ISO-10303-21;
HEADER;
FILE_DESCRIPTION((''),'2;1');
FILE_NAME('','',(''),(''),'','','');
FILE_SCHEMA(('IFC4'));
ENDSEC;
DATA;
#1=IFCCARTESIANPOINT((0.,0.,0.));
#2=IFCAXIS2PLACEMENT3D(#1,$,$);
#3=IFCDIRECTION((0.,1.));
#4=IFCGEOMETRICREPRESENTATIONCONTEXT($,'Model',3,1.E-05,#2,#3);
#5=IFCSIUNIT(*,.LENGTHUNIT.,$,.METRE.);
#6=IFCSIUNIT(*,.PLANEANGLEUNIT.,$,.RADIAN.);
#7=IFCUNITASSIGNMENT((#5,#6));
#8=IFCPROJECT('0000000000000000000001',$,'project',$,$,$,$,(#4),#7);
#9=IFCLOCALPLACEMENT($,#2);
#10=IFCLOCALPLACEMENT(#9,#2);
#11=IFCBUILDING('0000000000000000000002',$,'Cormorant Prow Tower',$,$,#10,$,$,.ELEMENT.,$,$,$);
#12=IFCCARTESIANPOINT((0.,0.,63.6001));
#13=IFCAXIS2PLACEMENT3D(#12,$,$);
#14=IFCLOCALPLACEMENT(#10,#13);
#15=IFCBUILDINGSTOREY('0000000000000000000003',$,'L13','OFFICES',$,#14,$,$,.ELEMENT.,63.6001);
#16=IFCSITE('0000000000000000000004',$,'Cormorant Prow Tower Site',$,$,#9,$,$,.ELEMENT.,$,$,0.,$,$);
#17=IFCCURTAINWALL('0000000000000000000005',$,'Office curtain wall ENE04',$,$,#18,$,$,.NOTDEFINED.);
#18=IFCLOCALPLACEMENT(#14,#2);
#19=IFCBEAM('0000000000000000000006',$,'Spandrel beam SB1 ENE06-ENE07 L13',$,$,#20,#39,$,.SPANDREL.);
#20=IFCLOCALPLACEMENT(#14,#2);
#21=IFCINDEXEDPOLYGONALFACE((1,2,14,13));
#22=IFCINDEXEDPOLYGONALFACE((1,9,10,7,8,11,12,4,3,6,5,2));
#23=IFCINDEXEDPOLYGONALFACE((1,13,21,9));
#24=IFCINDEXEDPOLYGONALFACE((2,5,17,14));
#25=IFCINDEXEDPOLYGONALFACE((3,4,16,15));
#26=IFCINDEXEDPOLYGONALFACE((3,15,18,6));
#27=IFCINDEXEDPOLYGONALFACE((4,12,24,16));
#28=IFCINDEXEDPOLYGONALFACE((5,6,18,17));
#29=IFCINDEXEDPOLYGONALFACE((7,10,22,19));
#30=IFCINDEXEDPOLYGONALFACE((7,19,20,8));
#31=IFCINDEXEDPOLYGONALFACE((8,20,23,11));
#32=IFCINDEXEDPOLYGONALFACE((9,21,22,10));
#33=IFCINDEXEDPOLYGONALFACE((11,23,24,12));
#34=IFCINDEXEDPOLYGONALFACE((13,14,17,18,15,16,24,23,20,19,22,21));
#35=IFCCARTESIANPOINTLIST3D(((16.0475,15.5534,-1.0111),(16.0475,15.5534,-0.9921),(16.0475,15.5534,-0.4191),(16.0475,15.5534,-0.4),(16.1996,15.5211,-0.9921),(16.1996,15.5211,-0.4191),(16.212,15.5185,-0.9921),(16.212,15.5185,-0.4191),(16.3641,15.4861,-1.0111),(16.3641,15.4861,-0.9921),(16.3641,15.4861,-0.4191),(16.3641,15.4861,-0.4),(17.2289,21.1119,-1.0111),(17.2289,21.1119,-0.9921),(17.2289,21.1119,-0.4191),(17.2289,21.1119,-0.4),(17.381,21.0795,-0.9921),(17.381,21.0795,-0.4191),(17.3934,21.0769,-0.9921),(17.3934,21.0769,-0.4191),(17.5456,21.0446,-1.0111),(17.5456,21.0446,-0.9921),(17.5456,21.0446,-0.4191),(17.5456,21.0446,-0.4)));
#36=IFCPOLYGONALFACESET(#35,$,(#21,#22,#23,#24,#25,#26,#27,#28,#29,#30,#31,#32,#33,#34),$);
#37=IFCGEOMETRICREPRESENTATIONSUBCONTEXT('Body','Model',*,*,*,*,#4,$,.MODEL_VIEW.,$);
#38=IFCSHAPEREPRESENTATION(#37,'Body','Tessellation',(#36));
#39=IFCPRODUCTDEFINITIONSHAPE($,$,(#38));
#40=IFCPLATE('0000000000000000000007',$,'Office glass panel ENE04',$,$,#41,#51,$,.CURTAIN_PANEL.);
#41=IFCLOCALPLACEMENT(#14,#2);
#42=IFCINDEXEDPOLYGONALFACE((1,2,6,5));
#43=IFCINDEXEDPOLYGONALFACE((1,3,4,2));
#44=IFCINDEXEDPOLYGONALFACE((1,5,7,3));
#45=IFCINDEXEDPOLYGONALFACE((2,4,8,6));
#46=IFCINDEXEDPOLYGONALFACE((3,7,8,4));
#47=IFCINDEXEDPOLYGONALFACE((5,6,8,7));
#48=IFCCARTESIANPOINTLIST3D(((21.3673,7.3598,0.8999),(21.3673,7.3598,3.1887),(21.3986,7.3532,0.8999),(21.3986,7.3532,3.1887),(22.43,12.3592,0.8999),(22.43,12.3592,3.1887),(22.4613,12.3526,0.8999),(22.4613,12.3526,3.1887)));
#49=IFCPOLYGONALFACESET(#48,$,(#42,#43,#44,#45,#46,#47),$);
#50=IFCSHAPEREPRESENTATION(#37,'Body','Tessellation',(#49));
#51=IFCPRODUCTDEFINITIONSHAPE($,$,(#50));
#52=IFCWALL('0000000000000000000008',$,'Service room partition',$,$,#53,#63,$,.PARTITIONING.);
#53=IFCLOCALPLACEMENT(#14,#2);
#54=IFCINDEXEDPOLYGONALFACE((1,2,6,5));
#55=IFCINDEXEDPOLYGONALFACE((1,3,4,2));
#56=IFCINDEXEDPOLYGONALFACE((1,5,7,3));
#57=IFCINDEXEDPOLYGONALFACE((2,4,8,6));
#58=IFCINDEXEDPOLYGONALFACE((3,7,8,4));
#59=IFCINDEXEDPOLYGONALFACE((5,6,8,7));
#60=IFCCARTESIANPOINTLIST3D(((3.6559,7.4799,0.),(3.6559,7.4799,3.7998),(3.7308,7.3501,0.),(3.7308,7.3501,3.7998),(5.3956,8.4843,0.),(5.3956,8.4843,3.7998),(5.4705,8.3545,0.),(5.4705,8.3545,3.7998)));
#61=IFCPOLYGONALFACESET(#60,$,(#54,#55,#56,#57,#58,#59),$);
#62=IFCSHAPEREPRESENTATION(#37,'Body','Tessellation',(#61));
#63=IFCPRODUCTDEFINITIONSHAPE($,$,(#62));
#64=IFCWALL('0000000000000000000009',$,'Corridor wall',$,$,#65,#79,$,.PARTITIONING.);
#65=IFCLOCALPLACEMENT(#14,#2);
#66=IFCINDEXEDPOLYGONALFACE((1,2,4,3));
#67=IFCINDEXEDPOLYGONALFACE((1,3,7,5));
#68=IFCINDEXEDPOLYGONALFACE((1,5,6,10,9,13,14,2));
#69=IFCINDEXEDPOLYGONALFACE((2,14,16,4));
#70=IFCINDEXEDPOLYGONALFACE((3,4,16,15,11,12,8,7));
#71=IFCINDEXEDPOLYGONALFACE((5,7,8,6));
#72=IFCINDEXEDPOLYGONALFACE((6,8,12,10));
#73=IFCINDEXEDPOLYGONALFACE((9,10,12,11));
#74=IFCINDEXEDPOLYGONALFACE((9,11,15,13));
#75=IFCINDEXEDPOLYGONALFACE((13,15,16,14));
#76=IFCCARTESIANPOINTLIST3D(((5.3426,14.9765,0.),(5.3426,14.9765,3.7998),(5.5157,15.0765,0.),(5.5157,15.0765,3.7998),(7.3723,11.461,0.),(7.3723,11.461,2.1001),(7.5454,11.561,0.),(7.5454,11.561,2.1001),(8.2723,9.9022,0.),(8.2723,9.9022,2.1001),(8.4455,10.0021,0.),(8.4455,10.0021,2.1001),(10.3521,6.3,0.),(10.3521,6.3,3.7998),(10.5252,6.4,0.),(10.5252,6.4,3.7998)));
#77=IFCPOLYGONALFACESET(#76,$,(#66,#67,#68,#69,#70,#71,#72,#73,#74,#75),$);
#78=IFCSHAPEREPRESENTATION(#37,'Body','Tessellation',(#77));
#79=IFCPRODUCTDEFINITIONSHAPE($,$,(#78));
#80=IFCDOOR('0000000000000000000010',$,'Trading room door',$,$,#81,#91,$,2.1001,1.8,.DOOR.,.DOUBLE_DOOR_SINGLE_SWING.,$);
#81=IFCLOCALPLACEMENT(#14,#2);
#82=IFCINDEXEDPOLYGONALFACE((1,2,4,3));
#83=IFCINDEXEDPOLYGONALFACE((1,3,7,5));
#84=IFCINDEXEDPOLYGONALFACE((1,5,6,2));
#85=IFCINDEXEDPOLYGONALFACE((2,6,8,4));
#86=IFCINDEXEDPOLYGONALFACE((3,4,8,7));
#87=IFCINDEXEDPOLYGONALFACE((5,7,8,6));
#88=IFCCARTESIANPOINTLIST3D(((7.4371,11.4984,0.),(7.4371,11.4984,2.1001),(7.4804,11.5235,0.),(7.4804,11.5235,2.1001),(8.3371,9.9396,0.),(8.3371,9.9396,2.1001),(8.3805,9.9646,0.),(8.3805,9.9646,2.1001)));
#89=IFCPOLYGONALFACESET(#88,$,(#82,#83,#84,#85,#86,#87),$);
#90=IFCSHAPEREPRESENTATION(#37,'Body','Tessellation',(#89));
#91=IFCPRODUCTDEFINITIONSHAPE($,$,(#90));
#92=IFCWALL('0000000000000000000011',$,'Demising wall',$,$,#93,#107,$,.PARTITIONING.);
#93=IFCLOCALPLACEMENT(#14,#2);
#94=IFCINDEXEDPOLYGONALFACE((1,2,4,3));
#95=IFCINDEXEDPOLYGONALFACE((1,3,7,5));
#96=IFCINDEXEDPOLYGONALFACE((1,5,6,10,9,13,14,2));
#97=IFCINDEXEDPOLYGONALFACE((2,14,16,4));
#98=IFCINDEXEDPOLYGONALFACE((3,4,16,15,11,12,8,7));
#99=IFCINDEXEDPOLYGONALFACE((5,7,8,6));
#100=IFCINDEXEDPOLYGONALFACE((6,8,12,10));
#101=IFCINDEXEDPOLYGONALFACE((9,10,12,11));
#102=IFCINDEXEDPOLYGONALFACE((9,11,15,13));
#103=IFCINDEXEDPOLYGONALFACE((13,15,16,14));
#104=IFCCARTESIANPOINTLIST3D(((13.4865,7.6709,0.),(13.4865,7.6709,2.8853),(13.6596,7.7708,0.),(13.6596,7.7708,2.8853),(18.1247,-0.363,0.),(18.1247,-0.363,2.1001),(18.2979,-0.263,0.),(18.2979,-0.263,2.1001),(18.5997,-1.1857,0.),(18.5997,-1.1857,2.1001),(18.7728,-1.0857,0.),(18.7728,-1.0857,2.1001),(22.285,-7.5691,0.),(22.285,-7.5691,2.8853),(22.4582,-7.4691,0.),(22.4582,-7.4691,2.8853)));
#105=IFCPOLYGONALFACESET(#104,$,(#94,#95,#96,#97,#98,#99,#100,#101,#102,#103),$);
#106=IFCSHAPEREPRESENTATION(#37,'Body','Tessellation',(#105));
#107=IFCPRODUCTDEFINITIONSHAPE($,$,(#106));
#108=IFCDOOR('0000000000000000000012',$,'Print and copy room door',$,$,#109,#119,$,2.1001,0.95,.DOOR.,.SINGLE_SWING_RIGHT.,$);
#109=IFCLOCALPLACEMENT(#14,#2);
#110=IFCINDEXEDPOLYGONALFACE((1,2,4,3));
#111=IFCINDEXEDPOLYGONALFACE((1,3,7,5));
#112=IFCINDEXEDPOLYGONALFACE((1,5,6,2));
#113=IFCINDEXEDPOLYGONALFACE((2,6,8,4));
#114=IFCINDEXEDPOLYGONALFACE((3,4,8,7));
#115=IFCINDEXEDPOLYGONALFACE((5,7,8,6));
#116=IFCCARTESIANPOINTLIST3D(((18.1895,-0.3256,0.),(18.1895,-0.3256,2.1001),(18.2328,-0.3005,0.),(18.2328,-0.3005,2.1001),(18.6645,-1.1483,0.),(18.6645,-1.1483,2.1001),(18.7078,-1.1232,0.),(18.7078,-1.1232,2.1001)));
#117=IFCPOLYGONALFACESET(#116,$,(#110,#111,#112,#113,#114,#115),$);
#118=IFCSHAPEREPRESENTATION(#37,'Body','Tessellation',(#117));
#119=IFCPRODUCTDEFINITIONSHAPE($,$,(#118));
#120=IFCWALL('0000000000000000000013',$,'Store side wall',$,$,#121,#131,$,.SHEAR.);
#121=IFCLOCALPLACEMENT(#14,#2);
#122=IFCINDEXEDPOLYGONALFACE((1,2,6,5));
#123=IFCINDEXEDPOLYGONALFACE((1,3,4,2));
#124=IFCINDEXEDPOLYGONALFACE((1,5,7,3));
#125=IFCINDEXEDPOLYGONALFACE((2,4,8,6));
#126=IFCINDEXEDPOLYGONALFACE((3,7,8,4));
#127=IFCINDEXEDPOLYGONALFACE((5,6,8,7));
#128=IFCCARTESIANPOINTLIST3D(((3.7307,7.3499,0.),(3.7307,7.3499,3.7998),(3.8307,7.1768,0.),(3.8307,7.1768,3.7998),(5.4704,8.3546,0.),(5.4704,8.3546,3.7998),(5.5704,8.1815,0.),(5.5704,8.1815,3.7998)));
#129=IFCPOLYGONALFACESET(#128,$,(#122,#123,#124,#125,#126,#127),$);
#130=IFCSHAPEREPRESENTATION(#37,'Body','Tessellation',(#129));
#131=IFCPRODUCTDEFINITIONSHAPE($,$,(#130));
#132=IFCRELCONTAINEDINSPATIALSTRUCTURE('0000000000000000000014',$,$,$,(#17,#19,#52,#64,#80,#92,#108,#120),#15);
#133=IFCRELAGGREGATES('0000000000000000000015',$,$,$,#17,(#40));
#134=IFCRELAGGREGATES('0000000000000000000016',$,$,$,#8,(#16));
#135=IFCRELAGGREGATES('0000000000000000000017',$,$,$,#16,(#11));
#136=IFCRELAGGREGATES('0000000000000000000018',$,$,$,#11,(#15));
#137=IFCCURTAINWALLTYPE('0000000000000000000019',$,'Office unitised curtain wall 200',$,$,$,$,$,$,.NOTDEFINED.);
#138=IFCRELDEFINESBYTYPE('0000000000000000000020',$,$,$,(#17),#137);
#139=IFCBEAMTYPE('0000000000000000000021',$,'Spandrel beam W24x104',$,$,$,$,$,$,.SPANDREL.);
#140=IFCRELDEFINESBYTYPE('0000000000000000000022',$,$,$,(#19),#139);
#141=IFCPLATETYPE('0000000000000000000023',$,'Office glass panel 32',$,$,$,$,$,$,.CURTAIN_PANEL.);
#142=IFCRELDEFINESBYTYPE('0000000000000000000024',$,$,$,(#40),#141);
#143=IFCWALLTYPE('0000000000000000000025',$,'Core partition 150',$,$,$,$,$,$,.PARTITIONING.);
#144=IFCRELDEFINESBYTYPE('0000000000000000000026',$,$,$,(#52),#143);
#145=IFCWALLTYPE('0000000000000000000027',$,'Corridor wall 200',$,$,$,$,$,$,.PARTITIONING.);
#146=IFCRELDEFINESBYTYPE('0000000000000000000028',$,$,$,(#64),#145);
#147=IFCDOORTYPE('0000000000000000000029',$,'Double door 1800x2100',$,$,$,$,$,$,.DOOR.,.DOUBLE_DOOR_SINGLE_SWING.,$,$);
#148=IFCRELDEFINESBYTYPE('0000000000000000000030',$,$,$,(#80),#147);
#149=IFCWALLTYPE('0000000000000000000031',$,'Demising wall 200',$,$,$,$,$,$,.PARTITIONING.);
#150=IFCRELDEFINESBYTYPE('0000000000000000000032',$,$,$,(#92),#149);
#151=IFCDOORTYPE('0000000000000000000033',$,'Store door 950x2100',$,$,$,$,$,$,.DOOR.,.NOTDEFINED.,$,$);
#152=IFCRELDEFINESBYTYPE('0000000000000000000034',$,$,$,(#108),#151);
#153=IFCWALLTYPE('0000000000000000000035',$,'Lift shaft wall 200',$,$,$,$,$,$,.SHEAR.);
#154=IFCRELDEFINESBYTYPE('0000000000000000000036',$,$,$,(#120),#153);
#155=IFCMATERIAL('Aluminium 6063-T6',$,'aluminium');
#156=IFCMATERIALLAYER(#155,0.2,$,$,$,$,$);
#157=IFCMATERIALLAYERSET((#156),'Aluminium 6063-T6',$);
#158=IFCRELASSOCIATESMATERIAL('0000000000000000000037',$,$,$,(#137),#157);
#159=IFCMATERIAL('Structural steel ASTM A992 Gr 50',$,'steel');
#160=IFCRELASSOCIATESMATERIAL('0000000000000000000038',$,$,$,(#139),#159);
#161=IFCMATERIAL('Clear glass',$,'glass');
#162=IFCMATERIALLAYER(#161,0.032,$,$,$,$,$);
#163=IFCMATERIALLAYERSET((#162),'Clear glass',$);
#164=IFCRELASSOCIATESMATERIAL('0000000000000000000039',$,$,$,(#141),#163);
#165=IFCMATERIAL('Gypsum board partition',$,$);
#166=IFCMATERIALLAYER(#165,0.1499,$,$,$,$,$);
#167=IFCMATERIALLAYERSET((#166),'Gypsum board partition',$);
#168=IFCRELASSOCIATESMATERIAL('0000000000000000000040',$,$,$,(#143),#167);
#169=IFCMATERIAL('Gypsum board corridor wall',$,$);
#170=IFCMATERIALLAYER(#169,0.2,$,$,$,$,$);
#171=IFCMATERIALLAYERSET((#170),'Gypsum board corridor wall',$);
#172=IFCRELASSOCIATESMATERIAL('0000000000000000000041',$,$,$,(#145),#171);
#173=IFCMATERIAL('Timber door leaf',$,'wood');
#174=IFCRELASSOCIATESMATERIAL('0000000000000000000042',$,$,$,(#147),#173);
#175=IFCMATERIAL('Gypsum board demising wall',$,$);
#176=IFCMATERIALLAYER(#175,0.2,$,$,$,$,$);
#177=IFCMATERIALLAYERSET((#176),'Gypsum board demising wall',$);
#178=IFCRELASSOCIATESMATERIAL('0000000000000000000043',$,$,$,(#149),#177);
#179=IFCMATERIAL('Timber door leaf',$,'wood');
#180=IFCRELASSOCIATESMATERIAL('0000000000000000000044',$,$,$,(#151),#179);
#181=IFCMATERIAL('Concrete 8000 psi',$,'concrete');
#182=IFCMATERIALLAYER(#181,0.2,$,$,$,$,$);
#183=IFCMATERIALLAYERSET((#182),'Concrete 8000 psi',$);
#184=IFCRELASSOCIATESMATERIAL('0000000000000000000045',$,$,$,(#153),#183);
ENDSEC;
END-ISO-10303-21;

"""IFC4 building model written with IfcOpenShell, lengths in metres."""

from ifc_helpers import new_model, si_unit, direction, frame, frame_2d, origin, origin_2d, place, context, subcontext, project, spatial, rectangle, i_section, extrude, material, layer, layer_set, material_profile, profile_set, type_object, element, fill, aggregate, save


model = new_model("IFC4")

# Units and contexts
model_context = context("Model", 3, precision=1e-05, world=origin(), true_north=direction((0.0, 1.0)))
body_context = subcontext(model_context, "Body", "Model", "MODEL_VIEW")
ifc_project = project(units=[si_unit("LENGTHUNIT", "METRE"), si_unit("PLANEANGLEUNIT", "RADIAN")], contexts=[model_context])

# Site, building, storey
site_placement = place(None, origin())
site = spatial("IfcSite", under=ifc_project, at=site_placement, Name="Cormorant Prow Tower Site", CompositionType="ELEMENT", RefElevation=0.0)
building_placement = place(site_placement, origin())
building = spatial("IfcBuilding", under=site, at=building_placement, Name="Cormorant Prow Tower", CompositionType="ELEMENT")
storey_placement = place(building_placement, frame((0.0, 0.0, 63.6001)))
storey = spatial("IfcBuildingStorey", under=building, at=storey_placement, Name="L13", Description="OFFICES", CompositionType="ELEMENT", Elevation=63.6001)

# Curtain wall
ifc_material_1 = material(Name="Aluminium 6063-T6", Category="aluminium")
ifc_layer_1 = layer(ifc_material_1, 0.2)
ifc_layer_set_1 = layer_set([ifc_layer_1], Name="Aluminium 6063-T6")
curtain_wall_type = type_object("IfcCurtainWallType", Name="Office unitised curtain wall 200", PredefinedType="NOTDEFINED", material=ifc_layer_set_1)
curtain_wall_1_placement = place(storey_placement, origin())
curtain_wall_1 = element("IfcCurtainWall", 1, at=curtain_wall_1_placement, inside=storey, type_object=curtain_wall_type, Name="Office curtain wall ENE04", PredefinedType="NOTDEFINED")

# Beam
ifc_material_2 = material(Name="Structural steel ASTM A992 Gr 50", Category="steel")
ifc_material_profile_1 = material_profile(ifc_material_2, i_section(OverallWidth=0.3237, OverallDepth=0.6111, WebThickness=0.0127, FlangeThickness=0.019, at=origin_2d()), Name="W24x104")
ifc_profile_set_1 = profile_set([ifc_material_profile_1], Name="Structural steel ASTM A992 Gr 50")
beam_type_1 = type_object("IfcBeamType", Name="Spandrel beam W24x104", PredefinedType="SPANDREL", material=ifc_profile_set_1)
beam_1_placement = place(storey_placement, frame((16.2058, 15.5198, -0.7056), z_axis=(0.2079, 0.97815, 0.0), x_axis=(-0.97815, 0.2079, 0.0)))
element("IfcBeam", 2, at=beam_1_placement, inside=storey, type_object=beam_type_1, Name="Spandrel beam SB1 ENE06-ENE07 L13", PredefinedType="SPANDREL", context=body_context, shape_type="SweptSolid", body=[
    extrude(i_section(OverallWidth=0.3237, OverallDepth=0.6111, WebThickness=0.0127, FlangeThickness=0.019, at=origin_2d()), origin(), (0.0, 0.0, 1.0), 5.6826),
])

# Plate
ifc_material_3 = material(Name="Clear glass", Category="glass")
ifc_layer_2 = layer(ifc_material_3, 0.032)
ifc_layer_set_2 = layer_set([ifc_layer_2], Name="Clear glass")
plate_type = type_object("IfcPlateType", Name="Office glass panel 32", PredefinedType="CURTAIN_PANEL", material=ifc_layer_set_2)
plate_placement = place(storey_placement, frame((21.9143, 9.8562, 0.8999), z_axis=(0.0, 0.0, 1.0), x_axis=(0.207912, 0.978148, 0.0)))
plate = element("IfcPlate", 3, at=plate_placement, type_object=plate_type, Name="Office glass panel ENE04", PredefinedType="CURTAIN_PANEL", context=body_context, shape_type="SweptSolid", body=[
    extrude(rectangle(XDim=5.1111, YDim=0.032, at=origin_2d()), origin(), (0.0, 0.0, 1.0), 2.2888),
])
aggregate(curtain_wall_1, [plate])

# Wall
ifc_material_4 = material(Name="Gypsum board partition")
ifc_layer_3 = layer(ifc_material_4, 0.1499)
ifc_layer_set_3 = layer_set([ifc_layer_3], Name="Gypsum board partition")
wall_type_1 = type_object("IfcWallType", Name="Core partition 150", PredefinedType="PARTITIONING", material=ifc_layer_set_3)
wall_1_placement = place(storey_placement, frame((3.6934, 7.415, 0.0), z_axis=(0.0, 0.0, 1.0), x_axis=(0.866036, 0.499982, 0.0)))
element("IfcWall", 4, at=wall_1_placement, inside=storey, type_object=wall_type_1, Name="Service room partition", PredefinedType="PARTITIONING", context=body_context, shape_type="SweptSolid", body=[
    extrude(rectangle(XDim=2.0088, YDim=0.1499, at=frame_2d((1.0044, 0.0))), origin(), (0.0, 0.0, 1.0), 3.7998),
])

# Walls, openings, doors
ifc_material_5 = material(Name="Gypsum board corridor wall")
ifc_layer_4 = layer(ifc_material_5, 0.2)
ifc_layer_set_4 = layer_set([ifc_layer_4], Name="Gypsum board corridor wall")
wall_type_2 = type_object("IfcWallType", Name="Corridor wall 200", PredefinedType="PARTITIONING", material=ifc_layer_set_4)
wall_2_placement = place(storey_placement, frame((5.4292, 15.0264, 0.0), z_axis=(0.0, 0.0, 1.0), x_axis=(0.50001, -0.86602, 0.0)))
wall_2 = element("IfcWall", 5, at=wall_2_placement, inside=storey, type_object=wall_type_2, Name="Corridor wall", PredefinedType="PARTITIONING", context=body_context, shape_type="SweptSolid", body=[
    extrude(rectangle(XDim=10.0188, YDim=0.2, at=frame_2d((5.0093, 0.0))), origin(), (0.0, 0.0, 1.0), 3.7998),
])
opening_1_placement = place(wall_2_placement, frame((4.0593, 0.0, 0.0)))
opening_1 = element("IfcOpeningElement", 6, at=opening_1_placement, cuts=wall_2, PredefinedType="OPENING", context=body_context, shape_type="SweptSolid", body=[
    extrude(rectangle(XDim=1.8, YDim=2.1001, at=frame_2d((0.8999, 1.05))), frame((0.0, 0.1099, 0.0), z_axis=(0.0, -1.0, 0.0), x_axis=(1.0, 0.0, 0.0)), (0.0, 0.0, 1.0), 0.22),
])
ifc_material_6 = material(Name="Timber door leaf", Category="wood")
door_type_1 = type_object("IfcDoorType", Name="Double door 1800x2100", OperationType="DOUBLE_DOOR_SINGLE_SWING", PredefinedType="DOOR", material=ifc_material_6)
door_1_placement = place(opening_1_placement, origin())
door_1 = element("IfcDoor", 7, at=door_1_placement, inside=storey, type_object=door_type_1, Name="Trading room door", OperationType="DOUBLE_DOOR_SINGLE_SWING", OverallHeight=2.1001, OverallWidth=1.8, PredefinedType="DOOR", context=body_context, shape_type="SweptSolid", body=[
    extrude(rectangle(XDim=1.8, YDim=2.1001, at=frame_2d((0.8999, 1.05))), frame((0.0, 0.0249, 0.0), z_axis=(0.0, -1.0, 0.0), x_axis=(1.0, 0.0, 0.0)), (0.0, 0.0, 1.0), 0.05),
])
fill(opening_1, door_1)
ifc_material_7 = material(Name="Gypsum board demising wall")
ifc_layer_5 = layer(ifc_material_7, 0.2)
ifc_layer_set_5 = layer_set([ifc_layer_5], Name="Gypsum board demising wall")
wall_type_3 = type_object("IfcWallType", Name="Demising wall 200", PredefinedType="PARTITIONING", material=ifc_layer_set_5)
wall_3_placement = place(storey_placement, frame((13.573, 7.7209, 0.0), z_axis=(0.0, 0.0, 1.0), x_axis=(0.49999, -0.866031, 0.0)))
wall_3 = element("IfcWall", 8, at=wall_3_placement, inside=storey, type_object=wall_type_3, Name="Demising wall", PredefinedType="PARTITIONING", context=body_context, shape_type="SweptSolid", body=[
    extrude(rectangle(XDim=17.5974, YDim=0.2, at=frame_2d((8.7988, 0.0))), origin(), (0.0, 0.0, 1.0), 2.8853),
])
opening_2_placement = place(wall_3_placement, frame((9.2766, 0.0, 0.0)))
opening_2 = element("IfcOpeningElement", 9, at=opening_2_placement, cuts=wall_3, PredefinedType="OPENING", context=body_context, shape_type="SweptSolid", body=[
    extrude(rectangle(XDim=0.95, YDim=2.1001, at=frame_2d((0.4751, 1.05))), frame((0.0, 0.1099, 0.0), z_axis=(0.0, -1.0, 0.0), x_axis=(1.0, 0.0, 0.0)), (0.0, 0.0, 1.0), 0.22),
])
ifc_material_8 = material(Name="Timber door leaf", Category="wood")
door_type_2 = type_object("IfcDoorType", Name="Store door 950x2100", OperationType="NOTDEFINED", PredefinedType="DOOR", material=ifc_material_8)
door_2_placement = place(opening_2_placement, origin())
door_2 = element("IfcDoor", 10, at=door_2_placement, inside=storey, type_object=door_type_2, Name="Print and copy room door", OperationType="SINGLE_SWING_RIGHT", OverallHeight=2.1001, OverallWidth=0.95, PredefinedType="DOOR", context=body_context, shape_type="SweptSolid", body=[
    extrude(rectangle(XDim=0.95, YDim=2.1001, at=frame_2d((0.4751, 1.05))), frame((0.0, 0.0249, 0.0), z_axis=(0.0, -1.0, 0.0), x_axis=(1.0, 0.0, 0.0)), (0.0, 0.0, 1.0), 0.05),
])
fill(opening_2, door_2)

# Wall
ifc_material_9 = material(Name="Concrete 8000 psi", Category="concrete")
ifc_layer_6 = layer(ifc_material_9, 0.2)
ifc_layer_set_6 = layer_set([ifc_layer_6], Name="Concrete 8000 psi")
wall_type_4 = type_object("IfcWallType", Name="Lift shaft wall 200", PredefinedType="SHEAR", material=ifc_layer_set_6)
wall_4_placement = place(storey_placement, frame((3.7808, 7.2634, 0.0), z_axis=(0.0, 0.0, 1.0), x_axis=(0.865983, 0.500073, 0.0)))
element("IfcWall", 11, at=wall_4_placement, inside=storey, type_object=wall_type_4, Name="Store side wall", PredefinedType="SHEAR", context=body_context, shape_type="SweptSolid", body=[
    extrude(rectangle(XDim=2.009, YDim=0.2, at=frame_2d((1.0044, 0.0))), origin(), (0.0, 0.0, 1.0), 3.7998),
])

save(model, "model.ifc")
